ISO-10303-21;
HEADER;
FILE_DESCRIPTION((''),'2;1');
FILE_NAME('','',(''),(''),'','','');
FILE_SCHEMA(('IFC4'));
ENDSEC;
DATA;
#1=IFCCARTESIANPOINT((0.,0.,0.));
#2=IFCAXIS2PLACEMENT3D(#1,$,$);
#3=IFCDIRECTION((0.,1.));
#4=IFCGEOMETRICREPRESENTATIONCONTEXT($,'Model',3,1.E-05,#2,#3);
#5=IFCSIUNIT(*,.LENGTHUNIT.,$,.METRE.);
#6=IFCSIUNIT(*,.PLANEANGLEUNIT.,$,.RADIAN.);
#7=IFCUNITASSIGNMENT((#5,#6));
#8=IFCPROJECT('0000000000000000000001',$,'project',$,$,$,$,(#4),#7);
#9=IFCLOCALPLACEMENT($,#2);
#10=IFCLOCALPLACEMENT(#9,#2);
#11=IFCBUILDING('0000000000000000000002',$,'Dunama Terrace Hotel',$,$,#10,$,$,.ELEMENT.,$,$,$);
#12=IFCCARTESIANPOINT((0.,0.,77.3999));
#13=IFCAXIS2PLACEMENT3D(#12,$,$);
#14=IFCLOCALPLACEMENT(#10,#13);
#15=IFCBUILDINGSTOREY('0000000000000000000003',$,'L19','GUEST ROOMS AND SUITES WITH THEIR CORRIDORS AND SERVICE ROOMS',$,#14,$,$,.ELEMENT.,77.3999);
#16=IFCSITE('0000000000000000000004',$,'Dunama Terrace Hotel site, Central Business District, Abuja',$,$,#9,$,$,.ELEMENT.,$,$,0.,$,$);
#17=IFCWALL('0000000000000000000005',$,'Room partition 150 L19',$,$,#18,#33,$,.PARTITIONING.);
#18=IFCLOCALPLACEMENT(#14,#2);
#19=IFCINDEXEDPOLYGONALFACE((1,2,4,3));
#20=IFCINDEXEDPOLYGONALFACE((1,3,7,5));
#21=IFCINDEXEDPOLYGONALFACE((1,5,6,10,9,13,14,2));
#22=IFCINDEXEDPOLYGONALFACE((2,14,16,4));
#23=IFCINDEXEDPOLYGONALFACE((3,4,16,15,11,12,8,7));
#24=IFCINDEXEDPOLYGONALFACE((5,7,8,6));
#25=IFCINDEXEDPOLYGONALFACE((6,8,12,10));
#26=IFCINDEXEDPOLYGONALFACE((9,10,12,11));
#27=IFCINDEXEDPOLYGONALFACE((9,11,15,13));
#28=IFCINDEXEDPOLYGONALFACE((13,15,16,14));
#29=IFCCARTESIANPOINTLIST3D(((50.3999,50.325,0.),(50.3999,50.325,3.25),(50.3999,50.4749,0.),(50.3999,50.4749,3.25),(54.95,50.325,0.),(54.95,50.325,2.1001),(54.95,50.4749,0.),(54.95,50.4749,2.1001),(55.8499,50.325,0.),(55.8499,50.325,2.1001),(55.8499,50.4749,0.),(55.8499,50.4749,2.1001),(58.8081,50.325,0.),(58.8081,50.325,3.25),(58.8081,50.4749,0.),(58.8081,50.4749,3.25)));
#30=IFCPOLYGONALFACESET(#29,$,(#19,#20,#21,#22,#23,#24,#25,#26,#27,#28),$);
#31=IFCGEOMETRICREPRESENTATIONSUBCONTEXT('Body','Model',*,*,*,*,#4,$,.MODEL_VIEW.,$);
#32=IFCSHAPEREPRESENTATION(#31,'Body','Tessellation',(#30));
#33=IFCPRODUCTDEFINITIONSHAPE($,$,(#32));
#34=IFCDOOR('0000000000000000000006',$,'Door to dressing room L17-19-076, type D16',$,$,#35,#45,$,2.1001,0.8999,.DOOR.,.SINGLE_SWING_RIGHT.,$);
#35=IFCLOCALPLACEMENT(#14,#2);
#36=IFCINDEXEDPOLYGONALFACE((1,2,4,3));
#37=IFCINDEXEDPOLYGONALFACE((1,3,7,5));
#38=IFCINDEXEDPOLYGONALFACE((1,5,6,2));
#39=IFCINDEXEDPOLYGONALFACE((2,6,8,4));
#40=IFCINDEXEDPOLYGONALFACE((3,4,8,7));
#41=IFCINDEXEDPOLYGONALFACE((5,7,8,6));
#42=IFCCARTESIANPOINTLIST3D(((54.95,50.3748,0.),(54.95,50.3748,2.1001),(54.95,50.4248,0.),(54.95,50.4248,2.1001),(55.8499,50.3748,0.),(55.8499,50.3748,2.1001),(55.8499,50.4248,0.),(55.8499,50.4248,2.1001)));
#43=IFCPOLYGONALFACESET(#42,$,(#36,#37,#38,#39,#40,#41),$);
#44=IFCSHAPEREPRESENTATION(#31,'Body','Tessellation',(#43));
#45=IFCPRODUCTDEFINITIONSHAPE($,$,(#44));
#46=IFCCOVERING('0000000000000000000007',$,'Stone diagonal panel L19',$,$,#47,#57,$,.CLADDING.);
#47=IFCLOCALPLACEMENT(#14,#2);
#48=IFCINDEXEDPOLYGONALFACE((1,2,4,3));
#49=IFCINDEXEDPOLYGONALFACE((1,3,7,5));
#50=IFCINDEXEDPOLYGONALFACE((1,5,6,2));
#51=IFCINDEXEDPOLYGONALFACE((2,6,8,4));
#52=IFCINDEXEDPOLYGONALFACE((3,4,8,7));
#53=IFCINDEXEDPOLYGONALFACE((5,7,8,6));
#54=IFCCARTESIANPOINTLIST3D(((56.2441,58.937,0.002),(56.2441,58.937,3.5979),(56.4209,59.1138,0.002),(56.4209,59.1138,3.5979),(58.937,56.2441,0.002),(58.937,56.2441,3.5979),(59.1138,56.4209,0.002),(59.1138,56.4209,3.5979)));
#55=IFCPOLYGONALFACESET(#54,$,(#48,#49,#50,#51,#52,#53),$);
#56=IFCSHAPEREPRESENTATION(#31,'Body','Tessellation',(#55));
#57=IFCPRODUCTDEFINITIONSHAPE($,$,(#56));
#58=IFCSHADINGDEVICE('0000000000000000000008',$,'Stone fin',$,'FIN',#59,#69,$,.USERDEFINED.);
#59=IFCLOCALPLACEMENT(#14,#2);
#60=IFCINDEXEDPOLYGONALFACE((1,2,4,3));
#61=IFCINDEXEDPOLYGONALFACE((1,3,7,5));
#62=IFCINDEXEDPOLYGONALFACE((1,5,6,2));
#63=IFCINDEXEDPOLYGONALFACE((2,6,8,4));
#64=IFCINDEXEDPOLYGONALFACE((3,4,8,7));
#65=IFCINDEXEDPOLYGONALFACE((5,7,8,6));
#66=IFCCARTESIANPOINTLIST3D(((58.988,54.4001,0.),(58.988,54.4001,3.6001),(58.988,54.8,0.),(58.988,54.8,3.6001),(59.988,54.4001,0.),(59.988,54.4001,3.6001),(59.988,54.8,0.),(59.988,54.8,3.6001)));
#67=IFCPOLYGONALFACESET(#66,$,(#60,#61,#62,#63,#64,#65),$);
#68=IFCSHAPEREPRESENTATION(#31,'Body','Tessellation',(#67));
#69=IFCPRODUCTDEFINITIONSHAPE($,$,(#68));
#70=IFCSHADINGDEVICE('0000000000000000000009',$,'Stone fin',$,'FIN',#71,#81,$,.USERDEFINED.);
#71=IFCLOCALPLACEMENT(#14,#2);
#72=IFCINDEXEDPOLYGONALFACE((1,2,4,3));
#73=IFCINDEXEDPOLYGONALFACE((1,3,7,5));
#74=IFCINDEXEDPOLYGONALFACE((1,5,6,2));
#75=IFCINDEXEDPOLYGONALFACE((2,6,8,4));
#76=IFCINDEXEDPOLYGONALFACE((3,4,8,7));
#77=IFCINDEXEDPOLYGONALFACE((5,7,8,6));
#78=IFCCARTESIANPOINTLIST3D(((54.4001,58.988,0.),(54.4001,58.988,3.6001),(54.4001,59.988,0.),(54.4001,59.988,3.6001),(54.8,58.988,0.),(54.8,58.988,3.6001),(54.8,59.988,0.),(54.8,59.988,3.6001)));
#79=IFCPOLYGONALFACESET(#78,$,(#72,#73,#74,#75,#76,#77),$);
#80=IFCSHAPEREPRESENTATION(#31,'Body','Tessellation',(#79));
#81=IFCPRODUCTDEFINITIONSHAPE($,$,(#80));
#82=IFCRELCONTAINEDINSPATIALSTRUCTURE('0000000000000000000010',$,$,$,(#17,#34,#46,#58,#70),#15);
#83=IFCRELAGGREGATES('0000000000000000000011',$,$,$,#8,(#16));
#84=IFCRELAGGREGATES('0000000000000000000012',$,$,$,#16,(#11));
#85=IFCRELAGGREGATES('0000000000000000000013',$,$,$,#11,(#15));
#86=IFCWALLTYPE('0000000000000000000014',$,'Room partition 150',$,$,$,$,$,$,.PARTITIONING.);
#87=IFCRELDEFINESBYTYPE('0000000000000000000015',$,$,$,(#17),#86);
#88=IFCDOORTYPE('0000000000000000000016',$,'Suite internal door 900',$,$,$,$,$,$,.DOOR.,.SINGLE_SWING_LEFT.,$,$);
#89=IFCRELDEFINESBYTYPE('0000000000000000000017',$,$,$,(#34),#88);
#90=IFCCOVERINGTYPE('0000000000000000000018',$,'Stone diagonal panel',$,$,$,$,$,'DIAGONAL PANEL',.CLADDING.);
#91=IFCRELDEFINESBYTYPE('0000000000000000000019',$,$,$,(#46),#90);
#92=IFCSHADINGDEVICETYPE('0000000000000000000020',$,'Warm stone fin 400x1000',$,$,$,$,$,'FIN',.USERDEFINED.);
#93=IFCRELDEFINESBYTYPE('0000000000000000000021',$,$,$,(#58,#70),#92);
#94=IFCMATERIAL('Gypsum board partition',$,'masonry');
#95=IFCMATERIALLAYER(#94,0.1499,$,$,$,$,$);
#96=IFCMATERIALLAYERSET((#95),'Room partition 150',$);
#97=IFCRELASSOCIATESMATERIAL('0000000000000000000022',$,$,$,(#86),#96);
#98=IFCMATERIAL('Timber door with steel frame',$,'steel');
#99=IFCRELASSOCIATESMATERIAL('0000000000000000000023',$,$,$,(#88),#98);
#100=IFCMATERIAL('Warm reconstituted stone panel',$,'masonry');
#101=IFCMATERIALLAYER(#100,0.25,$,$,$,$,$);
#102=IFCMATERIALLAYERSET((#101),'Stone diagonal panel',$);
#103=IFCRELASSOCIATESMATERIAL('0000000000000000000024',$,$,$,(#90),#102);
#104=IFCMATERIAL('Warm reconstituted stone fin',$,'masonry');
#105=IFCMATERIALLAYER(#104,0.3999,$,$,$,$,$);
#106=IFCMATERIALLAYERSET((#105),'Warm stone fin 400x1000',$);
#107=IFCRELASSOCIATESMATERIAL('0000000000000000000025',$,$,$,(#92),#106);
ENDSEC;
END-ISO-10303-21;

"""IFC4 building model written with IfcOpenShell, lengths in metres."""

from ifc_helpers import new_model, si_unit, direction, frame, frame_2d, origin, origin_2d, place, context, subcontext, project, spatial, rectangle, extrude, material, layer, layer_set, type_object, element, fill, save


model = new_model("IFC4")

# Units and contexts
model_context = context("Model", 3, precision=1e-05, world=origin(), true_north=direction((0.0, 1.0)))
body_context = subcontext(model_context, "Body", "Model", "MODEL_VIEW")
ifc_project = project(units=[si_unit("LENGTHUNIT", "METRE"), si_unit("PLANEANGLEUNIT", "RADIAN")], contexts=[model_context])

# Site, building, storey
site_placement = place(None, origin())
site = spatial("IfcSite", under=ifc_project, at=site_placement, Name="Dunama Terrace Hotel site, Central Business District, Abuja", CompositionType="ELEMENT", RefElevation=0.0)
building_placement = place(site_placement, origin())
building = spatial("IfcBuilding", under=site, at=building_placement, Name="Dunama Terrace Hotel", CompositionType="ELEMENT")
storey_placement = place(building_placement, frame((0.0, 0.0, 77.3999)))
storey = spatial("IfcBuildingStorey", under=building, at=storey_placement, Name="L19", Description="GUEST ROOMS AND SUITES WITH THEIR CORRIDORS AND SERVICE ROOMS", CompositionType="ELEMENT", Elevation=77.3999)

# Shared definitions
ifc_material_1 = material(Name="Gypsum board partition", Category="masonry")
ifc_layer_1 = layer(ifc_material_1, 0.1499)
ifc_layer_set_1 = layer_set([ifc_layer_1], Name="Room partition 150")
wall_type_1 = type_object("IfcWallType", Name="Room partition 150", PredefinedType="PARTITIONING", material=ifc_layer_set_1)

# Wall, opening, door
wall_1_placement = place(storey_placement, frame((50.3999, 50.3999, 0.0), z_axis=(0.0, 0.0, 1.0), x_axis=(1.0, 0.0, 0.0)))
wall_1 = element("IfcWall", 1, at=wall_1_placement, inside=storey, type_object=wall_type_1, Name="Room partition 150 L19", PredefinedType="PARTITIONING", context=body_context, shape_type="SweptSolid", body=[
    extrude(rectangle(XDim=8.4082, YDim=0.1499, at=frame_2d((4.2041, 0.0))), origin(), (0.0, 0.0, 1.0), 3.25),
])
opening_1_placement = place(wall_1_placement, frame((4.55, 0.0, 0.0)))
opening_1 = element("IfcOpeningElement", 2, at=opening_1_placement, cuts=wall_1, PredefinedType="OPENING", context=body_context, shape_type="SweptSolid", body=[
    extrude(rectangle(XDim=0.8999, YDim=2.1001, at=frame_2d((0.45, 1.05))), frame((0.0, 0.085, 0.0), z_axis=(0.0, -1.0, 0.0), x_axis=(1.0, 0.0, 0.0)), (0.0, 0.0, 1.0), 0.1699),
])
ifc_material_2 = material(Name="Timber door with steel frame", Category="steel")
door_type_1 = type_object("IfcDoorType", Name="Suite internal door 900", OperationType="SINGLE_SWING_LEFT", PredefinedType="DOOR", material=ifc_material_2)
door_1_placement = place(opening_1_placement, frame((0.8999, 0.0, 0.0), z_axis=(0.0, 0.0, 1.0), x_axis=(-1.0, 0.0, 0.0)))
door_1 = element("IfcDoor", 3, at=door_1_placement, inside=storey, type_object=door_type_1, Name="Door to dressing room L17-19-076, type D16", OperationType="SINGLE_SWING_RIGHT", OverallHeight=2.1001, OverallWidth=0.8999, PredefinedType="DOOR", context=body_context, shape_type="SweptSolid", body=[
    extrude(rectangle(XDim=0.8999, YDim=2.1001, at=frame_2d((0.45, 1.05))), frame((0.0, 0.0251, 0.0), z_axis=(0.0, -1.0, 0.0), x_axis=(1.0, 0.0, 0.0)), (0.0, 0.0, 1.0), 0.05),
])
fill(opening_1, door_1)

# Covering
ifc_material_3 = material(Name="Warm reconstituted stone panel", Category="masonry")
ifc_layer_2 = layer(ifc_material_3, 0.25)
ifc_layer_set_2 = layer_set([ifc_layer_2], Name="Stone diagonal panel")
covering_type = type_object("IfcCoveringType", Name="Stone diagonal panel", ElementType="DIAGONAL PANEL", PredefinedType="CLADDING", material=ifc_layer_set_2)
covering_placement = place(storey_placement, frame((57.679, 57.679, 0.002), z_axis=(0.0, 0.0, 1.0), x_axis=(-0.707107, 0.707107, 0.0)))
element("IfcCovering", 4, at=covering_placement, inside=storey, type_object=covering_type, Name="Stone diagonal panel L19", PredefinedType="CLADDING", context=body_context, shape_type="SweptSolid", body=[
    extrude(rectangle(XDim=3.8083, YDim=0.25, at=origin_2d()), origin(), (0.0, 0.0, 1.0), 3.5959),
])

# Shading devices
ifc_material_4 = material(Name="Warm reconstituted stone fin", Category="masonry")
ifc_layer_3 = layer(ifc_material_4, 0.3999)
ifc_layer_set_3 = layer_set([ifc_layer_3], Name="Warm stone fin 400x1000")
shading_device_type = type_object("IfcShadingDeviceType", Name="Warm stone fin 400x1000", ElementType="FIN", PredefinedType="USERDEFINED", material=ifc_layer_set_3)
for number, where, z_axis, x_axis, name in (
    (5, (59.488, 54.6001, 0.0), (0.0, 0.0, 1.0), (0.0, 1.0, 0.0), "Stone fin"),
    (6, (54.6001, 59.488, 0.0), (0.0, 0.0, 1.0), (-1.0, 0.0, 0.0), "Stone fin"),
):
    element("IfcShadingDevice", number, at=place(storey_placement, frame(where, z_axis=z_axis, x_axis=x_axis)), inside=storey, type_object=shading_device_type, Name=name, ObjectType="FIN", PredefinedType="USERDEFINED", context=body_context, shape_type="SweptSolid", body=[
        extrude(rectangle(XDim=0.3999, YDim=1.0, at=origin_2d()), origin(), (0.0, 0.0, 1.0), 3.6001),
    ])

save(model, "model.ifc")
